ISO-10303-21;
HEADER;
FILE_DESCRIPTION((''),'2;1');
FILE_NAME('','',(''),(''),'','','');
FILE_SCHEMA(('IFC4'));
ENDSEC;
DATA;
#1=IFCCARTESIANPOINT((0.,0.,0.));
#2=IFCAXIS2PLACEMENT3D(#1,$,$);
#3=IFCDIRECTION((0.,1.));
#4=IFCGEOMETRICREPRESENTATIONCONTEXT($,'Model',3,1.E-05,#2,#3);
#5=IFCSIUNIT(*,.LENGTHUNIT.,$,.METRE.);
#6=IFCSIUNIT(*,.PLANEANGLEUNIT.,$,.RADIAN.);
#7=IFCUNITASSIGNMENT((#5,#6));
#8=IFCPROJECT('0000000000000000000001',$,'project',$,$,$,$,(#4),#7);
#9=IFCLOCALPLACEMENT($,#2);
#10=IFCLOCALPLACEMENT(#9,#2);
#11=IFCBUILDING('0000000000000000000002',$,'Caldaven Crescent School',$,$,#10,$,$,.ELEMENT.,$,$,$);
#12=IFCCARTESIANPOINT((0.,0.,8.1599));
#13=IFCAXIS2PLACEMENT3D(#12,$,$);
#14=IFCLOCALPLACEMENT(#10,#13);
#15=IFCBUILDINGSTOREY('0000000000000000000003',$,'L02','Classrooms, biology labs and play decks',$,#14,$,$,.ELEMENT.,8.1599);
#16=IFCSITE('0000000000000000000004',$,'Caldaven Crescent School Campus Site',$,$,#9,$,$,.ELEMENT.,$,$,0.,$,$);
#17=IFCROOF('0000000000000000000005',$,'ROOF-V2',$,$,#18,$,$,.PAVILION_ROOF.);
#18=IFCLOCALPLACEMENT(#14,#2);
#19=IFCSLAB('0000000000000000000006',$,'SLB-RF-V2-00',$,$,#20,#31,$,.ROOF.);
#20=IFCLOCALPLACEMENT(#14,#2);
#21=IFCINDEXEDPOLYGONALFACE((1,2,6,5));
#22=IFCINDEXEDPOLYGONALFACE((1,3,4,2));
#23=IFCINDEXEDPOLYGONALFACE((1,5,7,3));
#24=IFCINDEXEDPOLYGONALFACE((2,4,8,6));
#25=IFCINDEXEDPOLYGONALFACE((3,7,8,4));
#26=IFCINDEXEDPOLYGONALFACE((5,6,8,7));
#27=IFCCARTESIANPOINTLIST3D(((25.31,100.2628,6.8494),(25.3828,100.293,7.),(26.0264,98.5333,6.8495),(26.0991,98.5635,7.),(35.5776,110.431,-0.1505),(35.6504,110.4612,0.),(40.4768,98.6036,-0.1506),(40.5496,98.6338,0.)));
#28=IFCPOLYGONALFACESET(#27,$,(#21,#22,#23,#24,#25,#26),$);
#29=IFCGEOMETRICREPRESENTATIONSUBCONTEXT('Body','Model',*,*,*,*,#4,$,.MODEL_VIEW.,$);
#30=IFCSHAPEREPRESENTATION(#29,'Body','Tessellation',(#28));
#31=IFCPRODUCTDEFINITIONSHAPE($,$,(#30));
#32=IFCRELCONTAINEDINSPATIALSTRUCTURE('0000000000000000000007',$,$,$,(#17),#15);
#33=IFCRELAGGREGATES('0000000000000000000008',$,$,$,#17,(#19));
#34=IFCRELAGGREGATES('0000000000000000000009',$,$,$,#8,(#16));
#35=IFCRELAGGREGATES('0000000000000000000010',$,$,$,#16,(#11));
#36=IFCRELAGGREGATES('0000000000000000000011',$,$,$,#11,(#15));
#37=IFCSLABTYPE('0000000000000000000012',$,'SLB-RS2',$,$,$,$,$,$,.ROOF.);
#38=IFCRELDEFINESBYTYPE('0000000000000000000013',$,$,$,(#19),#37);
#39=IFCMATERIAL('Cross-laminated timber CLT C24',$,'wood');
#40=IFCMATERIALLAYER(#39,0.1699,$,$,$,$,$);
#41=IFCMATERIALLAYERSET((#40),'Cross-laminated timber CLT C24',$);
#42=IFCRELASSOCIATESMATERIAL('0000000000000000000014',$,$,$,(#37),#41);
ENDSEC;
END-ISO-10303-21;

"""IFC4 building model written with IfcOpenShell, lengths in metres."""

from ifc_helpers import new_model, si_unit, direction, frame, origin, place, context, subcontext, project, spatial, polyline, outline, extrude, material, layer, layer_set, type_object, element, aggregate, save


model = new_model("IFC4")

# Units and contexts
model_context = context("Model", 3, precision=1e-05, world=origin(), true_north=direction((0.0, 1.0)))
body_context = subcontext(model_context, "Body", "Model", "MODEL_VIEW")
ifc_project = project(units=[si_unit("LENGTHUNIT", "METRE"), si_unit("PLANEANGLEUNIT", "RADIAN")], contexts=[model_context])

# Site, building, storey
site_placement = place(None, origin())
site = spatial("IfcSite", under=ifc_project, at=site_placement, Name="Caldaven Crescent School Campus Site", CompositionType="ELEMENT", RefElevation=0.0)
building_placement = place(site_placement, origin())
building = spatial("IfcBuilding", under=site, at=building_placement, Name="Caldaven Crescent School", CompositionType="ELEMENT")
storey_placement = place(building_placement, frame((0.0, 0.0, 8.1599)))
storey = spatial("IfcBuildingStorey", under=building, at=storey_placement, Name="L02", Description="Classrooms, biology labs and play decks", CompositionType="ELEMENT", Elevation=8.1599)

# Roof, slab
roof_placement = place(storey_placement, origin())
roof = element("IfcRoof", 1, at=roof_placement, inside=storey, Name="ROOF-V2", PredefinedType="PAVILION_ROOF")
ifc_material_1 = material(Name="Cross-laminated timber CLT C24", Category="wood")
ifc_layer_1 = layer(ifc_material_1, 0.1699)
ifc_layer_set_1 = layer_set([ifc_layer_1], Name="Cross-laminated timber CLT C24")
slab_type = type_object("IfcSlabType", Name="SLB-RS2", PredefinedType="ROOF", material=ifc_layer_set_1)
slab_placement = place(storey_placement, frame((40.5496, 98.6338, 0.0), z_axis=(0.428343, 0.177426, 0.886026), x_axis=(-0.382689, 0.923877, 0.000002)))
slab = element("IfcSlab", 2, at=slab_placement, type_object=slab_type, Name="SLB-RF-V2-00", PredefinedType="ROOF", context=body_context, shape_type="SweptSolid", body=[
    extrude(outline(polyline([(0.0, 0.0), (12.8019, 0.0), (7.337, 15.098), (5.4651, 15.0981), (0.0, 0.0)])), origin(), (0.0, 0.0, -1.0), 0.1699),
])
aggregate(roof, [slab])

save(model, "model.ifc")
